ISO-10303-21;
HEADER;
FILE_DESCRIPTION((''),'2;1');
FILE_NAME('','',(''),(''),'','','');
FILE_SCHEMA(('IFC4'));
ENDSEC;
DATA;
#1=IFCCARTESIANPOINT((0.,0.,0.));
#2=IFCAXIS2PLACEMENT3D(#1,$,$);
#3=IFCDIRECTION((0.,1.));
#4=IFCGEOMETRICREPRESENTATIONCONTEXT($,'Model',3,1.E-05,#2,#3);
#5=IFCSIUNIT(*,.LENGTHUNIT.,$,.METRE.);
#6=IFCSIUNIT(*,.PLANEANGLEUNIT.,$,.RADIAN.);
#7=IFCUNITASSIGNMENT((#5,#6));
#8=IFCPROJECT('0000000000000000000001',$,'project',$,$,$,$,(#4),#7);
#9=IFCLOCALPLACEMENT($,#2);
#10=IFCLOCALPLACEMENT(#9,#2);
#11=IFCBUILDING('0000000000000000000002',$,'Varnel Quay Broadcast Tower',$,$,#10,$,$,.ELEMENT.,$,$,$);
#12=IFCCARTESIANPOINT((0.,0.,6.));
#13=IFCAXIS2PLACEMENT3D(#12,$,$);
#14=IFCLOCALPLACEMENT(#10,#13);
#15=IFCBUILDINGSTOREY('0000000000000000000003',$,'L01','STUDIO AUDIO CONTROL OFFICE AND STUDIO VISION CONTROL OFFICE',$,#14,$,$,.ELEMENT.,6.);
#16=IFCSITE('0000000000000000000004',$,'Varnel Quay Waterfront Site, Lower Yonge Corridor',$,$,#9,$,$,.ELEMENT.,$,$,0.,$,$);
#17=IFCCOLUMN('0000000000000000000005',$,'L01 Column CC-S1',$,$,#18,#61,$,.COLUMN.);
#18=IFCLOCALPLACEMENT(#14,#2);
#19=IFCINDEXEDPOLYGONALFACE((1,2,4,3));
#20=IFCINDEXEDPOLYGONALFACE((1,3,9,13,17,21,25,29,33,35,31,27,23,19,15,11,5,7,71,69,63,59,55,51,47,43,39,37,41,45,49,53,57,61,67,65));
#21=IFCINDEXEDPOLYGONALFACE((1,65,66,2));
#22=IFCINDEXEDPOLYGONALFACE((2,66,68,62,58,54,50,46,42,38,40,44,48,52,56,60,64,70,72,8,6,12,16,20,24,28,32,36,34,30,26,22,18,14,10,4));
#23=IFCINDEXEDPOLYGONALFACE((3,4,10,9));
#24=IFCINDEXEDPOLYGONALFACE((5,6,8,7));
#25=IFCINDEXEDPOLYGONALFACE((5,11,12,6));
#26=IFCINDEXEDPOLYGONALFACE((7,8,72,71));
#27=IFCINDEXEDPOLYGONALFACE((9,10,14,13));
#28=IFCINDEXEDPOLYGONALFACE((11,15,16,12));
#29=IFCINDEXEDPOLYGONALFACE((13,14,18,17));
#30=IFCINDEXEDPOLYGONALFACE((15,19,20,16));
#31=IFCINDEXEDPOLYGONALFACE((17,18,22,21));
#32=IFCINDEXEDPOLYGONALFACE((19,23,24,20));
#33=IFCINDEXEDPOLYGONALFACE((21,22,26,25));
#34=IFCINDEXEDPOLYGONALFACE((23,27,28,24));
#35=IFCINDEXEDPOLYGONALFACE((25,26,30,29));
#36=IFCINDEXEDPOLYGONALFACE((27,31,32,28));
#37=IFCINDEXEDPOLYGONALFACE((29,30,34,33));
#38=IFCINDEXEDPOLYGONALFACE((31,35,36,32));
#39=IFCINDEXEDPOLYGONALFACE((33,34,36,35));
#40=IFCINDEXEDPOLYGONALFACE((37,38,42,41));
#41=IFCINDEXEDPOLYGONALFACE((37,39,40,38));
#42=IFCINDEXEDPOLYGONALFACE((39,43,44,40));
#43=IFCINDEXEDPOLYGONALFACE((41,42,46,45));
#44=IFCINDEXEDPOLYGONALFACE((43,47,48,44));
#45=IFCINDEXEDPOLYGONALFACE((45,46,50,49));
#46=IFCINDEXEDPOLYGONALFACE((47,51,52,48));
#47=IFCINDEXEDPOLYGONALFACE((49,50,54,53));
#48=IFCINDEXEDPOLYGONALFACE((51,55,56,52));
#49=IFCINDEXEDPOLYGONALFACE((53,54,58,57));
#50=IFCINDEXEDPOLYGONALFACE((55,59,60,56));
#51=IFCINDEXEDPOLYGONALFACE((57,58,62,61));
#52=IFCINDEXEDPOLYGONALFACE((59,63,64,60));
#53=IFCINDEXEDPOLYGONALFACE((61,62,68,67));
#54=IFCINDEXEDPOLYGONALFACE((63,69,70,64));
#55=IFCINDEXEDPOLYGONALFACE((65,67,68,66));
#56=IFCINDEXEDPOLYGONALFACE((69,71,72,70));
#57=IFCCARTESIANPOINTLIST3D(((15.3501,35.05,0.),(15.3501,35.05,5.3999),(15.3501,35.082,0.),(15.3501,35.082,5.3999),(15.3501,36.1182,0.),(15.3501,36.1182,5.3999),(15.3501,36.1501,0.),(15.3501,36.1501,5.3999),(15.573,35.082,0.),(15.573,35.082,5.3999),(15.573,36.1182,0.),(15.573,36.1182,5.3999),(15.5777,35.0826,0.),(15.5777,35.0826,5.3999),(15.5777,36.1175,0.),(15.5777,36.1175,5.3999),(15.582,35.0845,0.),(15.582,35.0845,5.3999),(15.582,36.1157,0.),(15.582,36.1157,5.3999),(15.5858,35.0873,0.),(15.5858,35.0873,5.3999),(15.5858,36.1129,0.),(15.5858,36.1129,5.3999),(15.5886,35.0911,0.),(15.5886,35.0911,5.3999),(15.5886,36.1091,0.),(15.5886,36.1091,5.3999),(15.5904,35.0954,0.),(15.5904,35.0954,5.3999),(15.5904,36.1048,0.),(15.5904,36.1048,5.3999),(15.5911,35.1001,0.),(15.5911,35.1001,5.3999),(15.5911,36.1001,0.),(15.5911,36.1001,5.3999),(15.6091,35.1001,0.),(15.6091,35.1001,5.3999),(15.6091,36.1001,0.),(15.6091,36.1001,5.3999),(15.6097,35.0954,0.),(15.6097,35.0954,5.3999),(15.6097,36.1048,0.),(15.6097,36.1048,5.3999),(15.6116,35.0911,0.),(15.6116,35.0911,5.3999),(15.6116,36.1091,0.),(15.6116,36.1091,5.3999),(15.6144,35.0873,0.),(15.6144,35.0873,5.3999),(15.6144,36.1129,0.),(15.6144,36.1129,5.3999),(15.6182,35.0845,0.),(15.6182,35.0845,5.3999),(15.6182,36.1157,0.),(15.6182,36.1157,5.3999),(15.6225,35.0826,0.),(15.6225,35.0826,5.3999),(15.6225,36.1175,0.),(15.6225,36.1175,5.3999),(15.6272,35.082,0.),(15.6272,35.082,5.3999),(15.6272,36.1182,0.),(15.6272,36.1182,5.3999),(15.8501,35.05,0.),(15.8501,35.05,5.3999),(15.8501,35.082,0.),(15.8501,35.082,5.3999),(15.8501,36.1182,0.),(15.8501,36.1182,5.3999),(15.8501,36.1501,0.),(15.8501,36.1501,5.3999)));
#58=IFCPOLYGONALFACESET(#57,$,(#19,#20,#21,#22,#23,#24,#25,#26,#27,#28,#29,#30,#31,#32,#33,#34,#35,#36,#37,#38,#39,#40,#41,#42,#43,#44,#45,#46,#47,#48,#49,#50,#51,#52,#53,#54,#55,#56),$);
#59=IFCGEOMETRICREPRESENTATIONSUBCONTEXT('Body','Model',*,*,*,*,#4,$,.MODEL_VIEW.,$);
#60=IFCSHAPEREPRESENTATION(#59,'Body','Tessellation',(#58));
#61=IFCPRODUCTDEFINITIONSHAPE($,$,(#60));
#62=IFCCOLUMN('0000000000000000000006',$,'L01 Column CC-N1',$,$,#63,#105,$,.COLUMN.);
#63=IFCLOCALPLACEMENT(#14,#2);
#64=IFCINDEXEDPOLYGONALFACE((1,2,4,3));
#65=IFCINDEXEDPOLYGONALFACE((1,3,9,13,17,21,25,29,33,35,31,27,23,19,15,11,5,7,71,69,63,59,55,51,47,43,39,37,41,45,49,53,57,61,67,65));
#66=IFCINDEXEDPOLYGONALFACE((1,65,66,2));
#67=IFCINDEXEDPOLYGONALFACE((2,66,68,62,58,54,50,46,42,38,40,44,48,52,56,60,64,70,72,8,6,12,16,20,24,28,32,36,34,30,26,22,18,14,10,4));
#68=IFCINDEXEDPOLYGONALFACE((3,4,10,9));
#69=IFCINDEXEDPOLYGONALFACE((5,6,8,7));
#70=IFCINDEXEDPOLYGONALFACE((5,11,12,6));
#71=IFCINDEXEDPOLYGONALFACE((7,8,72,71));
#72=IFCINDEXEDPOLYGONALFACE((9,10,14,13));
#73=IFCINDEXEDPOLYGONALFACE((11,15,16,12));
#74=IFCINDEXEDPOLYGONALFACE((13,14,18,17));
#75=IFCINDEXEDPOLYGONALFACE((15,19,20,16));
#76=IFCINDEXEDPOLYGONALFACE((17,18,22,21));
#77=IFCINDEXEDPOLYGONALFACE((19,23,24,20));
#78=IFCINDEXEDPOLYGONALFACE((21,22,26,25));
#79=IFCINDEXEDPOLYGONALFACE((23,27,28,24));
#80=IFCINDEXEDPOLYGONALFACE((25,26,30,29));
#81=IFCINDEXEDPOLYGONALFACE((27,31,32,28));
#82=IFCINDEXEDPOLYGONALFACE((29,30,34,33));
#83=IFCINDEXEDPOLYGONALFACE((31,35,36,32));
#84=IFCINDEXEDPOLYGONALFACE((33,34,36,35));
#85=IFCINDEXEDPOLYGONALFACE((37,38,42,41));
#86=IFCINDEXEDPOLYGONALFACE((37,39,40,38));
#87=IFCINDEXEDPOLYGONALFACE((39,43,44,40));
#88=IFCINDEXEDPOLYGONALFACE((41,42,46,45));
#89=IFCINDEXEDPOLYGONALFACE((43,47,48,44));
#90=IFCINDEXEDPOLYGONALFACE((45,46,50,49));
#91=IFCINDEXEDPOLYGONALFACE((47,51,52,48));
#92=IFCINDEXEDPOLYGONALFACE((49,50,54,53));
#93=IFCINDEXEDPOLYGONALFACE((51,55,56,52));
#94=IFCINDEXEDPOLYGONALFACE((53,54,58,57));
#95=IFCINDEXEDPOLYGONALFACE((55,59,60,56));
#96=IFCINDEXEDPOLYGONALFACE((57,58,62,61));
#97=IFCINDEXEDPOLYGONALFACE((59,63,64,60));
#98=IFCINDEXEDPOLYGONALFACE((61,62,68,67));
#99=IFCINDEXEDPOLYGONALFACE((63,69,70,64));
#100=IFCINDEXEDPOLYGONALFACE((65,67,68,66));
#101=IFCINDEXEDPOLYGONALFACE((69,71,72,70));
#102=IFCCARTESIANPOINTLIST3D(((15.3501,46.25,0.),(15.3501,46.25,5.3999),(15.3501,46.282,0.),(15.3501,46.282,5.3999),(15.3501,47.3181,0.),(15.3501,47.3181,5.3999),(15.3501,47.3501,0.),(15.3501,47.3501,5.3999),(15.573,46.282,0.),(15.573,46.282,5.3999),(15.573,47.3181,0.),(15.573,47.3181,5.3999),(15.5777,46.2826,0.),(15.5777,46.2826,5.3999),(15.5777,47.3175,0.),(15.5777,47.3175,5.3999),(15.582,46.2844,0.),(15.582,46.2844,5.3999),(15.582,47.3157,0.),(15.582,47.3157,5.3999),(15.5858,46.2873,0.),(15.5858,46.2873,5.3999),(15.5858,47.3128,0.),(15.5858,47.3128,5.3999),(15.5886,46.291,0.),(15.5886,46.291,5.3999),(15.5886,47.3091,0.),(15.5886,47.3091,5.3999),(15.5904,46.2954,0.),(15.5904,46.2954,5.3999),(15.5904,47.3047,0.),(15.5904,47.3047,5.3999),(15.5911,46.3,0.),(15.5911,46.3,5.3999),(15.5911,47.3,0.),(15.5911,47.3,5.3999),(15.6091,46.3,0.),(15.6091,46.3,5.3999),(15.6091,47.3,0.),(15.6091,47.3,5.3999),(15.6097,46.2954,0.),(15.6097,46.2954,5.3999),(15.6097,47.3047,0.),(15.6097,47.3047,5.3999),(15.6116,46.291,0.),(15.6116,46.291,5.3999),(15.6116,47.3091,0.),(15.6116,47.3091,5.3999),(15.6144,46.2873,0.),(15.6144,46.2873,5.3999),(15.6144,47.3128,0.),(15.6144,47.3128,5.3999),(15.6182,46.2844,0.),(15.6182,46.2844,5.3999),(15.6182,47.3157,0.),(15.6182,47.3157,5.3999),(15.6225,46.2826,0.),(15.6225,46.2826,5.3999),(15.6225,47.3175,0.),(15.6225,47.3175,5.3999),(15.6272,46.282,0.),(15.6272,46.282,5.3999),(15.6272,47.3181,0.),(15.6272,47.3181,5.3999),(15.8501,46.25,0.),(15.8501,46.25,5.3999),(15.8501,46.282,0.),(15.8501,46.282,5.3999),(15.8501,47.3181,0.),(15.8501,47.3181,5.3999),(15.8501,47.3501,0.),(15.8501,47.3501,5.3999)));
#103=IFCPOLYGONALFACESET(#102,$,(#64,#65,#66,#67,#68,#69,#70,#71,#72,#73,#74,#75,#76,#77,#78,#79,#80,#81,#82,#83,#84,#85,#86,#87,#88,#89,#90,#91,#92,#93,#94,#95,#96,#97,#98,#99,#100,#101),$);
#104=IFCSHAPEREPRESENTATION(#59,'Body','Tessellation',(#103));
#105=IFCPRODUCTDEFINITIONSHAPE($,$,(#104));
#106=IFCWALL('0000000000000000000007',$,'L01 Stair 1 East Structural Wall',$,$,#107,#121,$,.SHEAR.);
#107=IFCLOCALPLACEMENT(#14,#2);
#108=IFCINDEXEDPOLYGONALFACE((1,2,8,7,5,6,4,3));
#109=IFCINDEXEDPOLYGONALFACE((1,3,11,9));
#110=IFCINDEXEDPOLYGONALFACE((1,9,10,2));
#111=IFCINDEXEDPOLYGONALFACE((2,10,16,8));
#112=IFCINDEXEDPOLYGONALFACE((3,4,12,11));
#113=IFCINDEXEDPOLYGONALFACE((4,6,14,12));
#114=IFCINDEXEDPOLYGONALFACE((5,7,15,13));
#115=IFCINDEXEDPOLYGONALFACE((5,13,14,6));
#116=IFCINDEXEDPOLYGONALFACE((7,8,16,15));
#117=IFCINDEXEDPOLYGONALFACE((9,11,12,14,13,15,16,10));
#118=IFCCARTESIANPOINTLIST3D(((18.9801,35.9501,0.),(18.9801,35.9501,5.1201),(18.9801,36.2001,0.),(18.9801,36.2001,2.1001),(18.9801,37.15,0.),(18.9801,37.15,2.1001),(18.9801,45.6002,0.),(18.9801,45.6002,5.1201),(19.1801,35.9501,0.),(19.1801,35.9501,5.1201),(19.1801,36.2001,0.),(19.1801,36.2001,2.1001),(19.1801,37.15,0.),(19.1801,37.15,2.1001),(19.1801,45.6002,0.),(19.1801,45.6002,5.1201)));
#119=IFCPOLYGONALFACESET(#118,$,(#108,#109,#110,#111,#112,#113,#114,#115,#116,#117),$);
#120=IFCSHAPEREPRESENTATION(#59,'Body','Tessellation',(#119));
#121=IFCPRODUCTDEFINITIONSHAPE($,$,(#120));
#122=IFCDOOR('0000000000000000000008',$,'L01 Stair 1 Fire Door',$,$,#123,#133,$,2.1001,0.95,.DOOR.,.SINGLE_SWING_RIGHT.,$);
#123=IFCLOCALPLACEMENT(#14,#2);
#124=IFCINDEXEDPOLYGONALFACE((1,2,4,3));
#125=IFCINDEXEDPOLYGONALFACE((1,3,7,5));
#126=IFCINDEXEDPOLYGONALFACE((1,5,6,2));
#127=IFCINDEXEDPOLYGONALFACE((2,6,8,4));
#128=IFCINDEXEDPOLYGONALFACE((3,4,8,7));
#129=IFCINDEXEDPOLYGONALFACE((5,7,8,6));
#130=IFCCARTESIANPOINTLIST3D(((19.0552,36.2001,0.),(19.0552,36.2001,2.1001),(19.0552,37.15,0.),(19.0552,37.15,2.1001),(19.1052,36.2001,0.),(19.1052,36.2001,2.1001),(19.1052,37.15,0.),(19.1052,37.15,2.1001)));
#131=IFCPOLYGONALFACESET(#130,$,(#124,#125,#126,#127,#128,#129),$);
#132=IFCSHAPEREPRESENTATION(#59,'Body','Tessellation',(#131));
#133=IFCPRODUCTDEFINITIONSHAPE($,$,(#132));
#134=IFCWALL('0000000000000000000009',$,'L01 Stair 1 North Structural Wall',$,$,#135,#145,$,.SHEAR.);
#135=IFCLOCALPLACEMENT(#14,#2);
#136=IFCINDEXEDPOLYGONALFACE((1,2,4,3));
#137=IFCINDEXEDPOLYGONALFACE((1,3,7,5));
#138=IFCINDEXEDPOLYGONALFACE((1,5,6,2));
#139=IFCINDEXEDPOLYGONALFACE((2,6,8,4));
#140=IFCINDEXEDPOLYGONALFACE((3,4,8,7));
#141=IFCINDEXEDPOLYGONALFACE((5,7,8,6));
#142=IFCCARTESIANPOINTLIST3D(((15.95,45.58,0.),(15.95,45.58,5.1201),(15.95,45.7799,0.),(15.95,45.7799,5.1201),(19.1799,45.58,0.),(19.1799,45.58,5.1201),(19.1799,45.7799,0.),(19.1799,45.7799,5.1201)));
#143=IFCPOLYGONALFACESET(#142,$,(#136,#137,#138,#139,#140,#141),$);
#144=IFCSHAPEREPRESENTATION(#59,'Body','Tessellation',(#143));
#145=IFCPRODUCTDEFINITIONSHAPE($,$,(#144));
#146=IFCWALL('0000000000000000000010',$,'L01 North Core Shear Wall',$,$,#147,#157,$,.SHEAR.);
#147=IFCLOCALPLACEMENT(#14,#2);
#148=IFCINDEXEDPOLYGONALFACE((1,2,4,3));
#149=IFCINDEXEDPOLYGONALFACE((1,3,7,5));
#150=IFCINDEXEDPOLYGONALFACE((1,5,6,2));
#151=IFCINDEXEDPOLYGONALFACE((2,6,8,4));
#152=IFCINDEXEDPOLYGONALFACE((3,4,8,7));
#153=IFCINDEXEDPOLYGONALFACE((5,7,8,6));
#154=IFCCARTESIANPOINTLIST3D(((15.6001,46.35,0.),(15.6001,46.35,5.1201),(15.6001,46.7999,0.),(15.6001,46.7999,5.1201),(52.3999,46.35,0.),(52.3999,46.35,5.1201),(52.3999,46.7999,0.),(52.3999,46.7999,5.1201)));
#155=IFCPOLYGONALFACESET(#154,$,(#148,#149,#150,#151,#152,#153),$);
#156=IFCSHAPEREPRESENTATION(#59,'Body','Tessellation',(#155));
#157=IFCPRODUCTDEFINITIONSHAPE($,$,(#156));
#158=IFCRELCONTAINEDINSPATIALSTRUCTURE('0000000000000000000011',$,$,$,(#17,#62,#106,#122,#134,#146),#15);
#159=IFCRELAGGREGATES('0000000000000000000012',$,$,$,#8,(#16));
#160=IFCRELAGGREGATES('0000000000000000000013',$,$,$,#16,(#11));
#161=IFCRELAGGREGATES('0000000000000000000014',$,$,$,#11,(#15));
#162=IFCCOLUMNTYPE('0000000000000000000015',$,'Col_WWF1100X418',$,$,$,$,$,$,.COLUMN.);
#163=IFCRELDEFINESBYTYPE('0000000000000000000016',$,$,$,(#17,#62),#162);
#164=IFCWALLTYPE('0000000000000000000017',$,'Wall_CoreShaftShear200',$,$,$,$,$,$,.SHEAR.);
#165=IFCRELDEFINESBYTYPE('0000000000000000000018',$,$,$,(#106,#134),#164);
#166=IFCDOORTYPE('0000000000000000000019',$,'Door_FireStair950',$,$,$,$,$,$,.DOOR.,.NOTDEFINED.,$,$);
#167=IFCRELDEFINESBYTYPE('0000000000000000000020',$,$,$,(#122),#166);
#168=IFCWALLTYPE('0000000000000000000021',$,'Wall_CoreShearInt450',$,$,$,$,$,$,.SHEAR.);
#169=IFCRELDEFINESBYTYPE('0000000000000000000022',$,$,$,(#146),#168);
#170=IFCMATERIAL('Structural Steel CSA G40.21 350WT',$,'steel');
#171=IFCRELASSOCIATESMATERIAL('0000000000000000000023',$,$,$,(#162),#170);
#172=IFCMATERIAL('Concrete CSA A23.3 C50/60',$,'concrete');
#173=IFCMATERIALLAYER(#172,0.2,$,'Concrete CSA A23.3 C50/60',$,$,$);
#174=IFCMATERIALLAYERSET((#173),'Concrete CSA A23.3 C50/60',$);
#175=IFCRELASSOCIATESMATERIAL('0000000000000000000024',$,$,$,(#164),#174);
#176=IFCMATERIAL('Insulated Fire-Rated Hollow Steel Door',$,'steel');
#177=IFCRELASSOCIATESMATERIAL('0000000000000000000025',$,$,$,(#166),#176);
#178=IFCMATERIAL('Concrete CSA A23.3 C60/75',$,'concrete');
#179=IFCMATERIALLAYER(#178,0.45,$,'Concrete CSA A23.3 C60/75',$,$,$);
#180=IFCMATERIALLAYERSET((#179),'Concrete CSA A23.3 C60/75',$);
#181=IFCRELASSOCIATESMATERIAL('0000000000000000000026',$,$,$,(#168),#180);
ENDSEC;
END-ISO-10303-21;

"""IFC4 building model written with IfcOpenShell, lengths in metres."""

from ifc_helpers import new_model, si_unit, direction, frame, frame_2d, origin, origin_2d, place, context, subcontext, project, spatial, rectangle, i_section, extrude, source, transform, mapped, material, layer, layer_set, material_profile, profile_set, type_object, type_shapes, element, fill, save


model = new_model("IFC4")

# Units and contexts
model_context = context("Model", 3, precision=1e-05, world=origin(), true_north=direction((0.0, 1.0)))
body_context = subcontext(model_context, "Body", "Model", "MODEL_VIEW")
ifc_project = project(units=[si_unit("LENGTHUNIT", "METRE"), si_unit("PLANEANGLEUNIT", "RADIAN")], contexts=[model_context])

# Site, building, storey
site_placement = place(None, origin())
site = spatial("IfcSite", under=ifc_project, at=site_placement, Name="Varnel Quay Waterfront Site, Lower Yonge Corridor", CompositionType="ELEMENT", RefElevation=0.0)
building_placement = place(site_placement, origin())
building = spatial("IfcBuilding", under=site, at=building_placement, Name="Varnel Quay Broadcast Tower", CompositionType="ELEMENT")
storey_placement = place(building_placement, frame((0.0, 0.0, 6.0)))
storey = spatial("IfcBuildingStorey", under=building, at=storey_placement, Name="L01", Description="STUDIO AUDIO CONTROL OFFICE AND STUDIO VISION CONTROL OFFICE", CompositionType="ELEMENT", Elevation=6.0)

# Columns
ifc_material_1 = material(Name="Structural Steel CSA G40.21 350WT", Category="steel")
ifc_material_profile = material_profile(ifc_material_1, i_section(OverallWidth=0.5, OverallDepth=1.1001, WebThickness=0.0181, FlangeThickness=0.032, FilletRadius=0.0181, at=origin_2d()), Name="WWF1100X418")
ifc_profile_set = profile_set([ifc_material_profile], Name="Structural Steel CSA G40.21 350WT")
column_type = type_object("IfcColumnType", Name="Col_WWF1100X418", PredefinedType="COLUMN", material=ifc_profile_set)
shared_shape_1 = source(origin(), body_context, "Body", "SweptSolid", [
    extrude(i_section(OverallWidth=0.5, OverallDepth=1.1001, WebThickness=0.0181, FlangeThickness=0.032, FilletRadius=0.0181, at=origin_2d()), origin(), (0.0, 0.0, 1.0), 5.3999),
])
type_shapes(column_type, [shared_shape_1])
for number, where, z_axis, x_axis, name in (
    (1, (15.6001, 35.6001, 0.0), (0.0, 0.0, 1.0), (1.0, 0.0, 0.0), "L01 Column CC-S1"),
    (2, (15.6001, 46.8, 0.0), (0.0, 0.0, 1.0), (1.0, 0.0, 0.0), "L01 Column CC-N1"),
):
    element("IfcColumn", number, at=place(storey_placement, frame(where, z_axis=z_axis, x_axis=x_axis)), inside=storey, type_object=column_type, Name=name, PredefinedType="COLUMN", context=body_context, shape_type="MappedRepresentation", body=[
        mapped(shared_shape_1, transform((0.0, 0.0, 0.0), x_axis=(1.0, 0.0, 0.0), y_axis=(0.0, 1.0, 0.0), z_axis=(0.0, 0.0, 1.0), scale=1.0)),
    ])

# Wall, opening, door
ifc_material_2 = material(Name="Concrete CSA A23.3 C50/60", Category="concrete")
ifc_layer_1 = layer(ifc_material_2, 0.2, Name="Concrete CSA A23.3 C50/60")
ifc_layer_set_1 = layer_set([ifc_layer_1], Name="Concrete CSA A23.3 C50/60")
wall_type_1 = type_object("IfcWallType", Name="Wall_CoreShaftShear200", PredefinedType="SHEAR", material=ifc_layer_set_1)
wall_1_placement = place(storey_placement, frame((19.0801, 35.95, 0.0), z_axis=(0.0, 0.0, 1.0), x_axis=(0.0, 1.0, 0.0)))
wall_1 = element("IfcWall", 3, at=wall_1_placement, inside=storey, type_object=wall_type_1, Name="L01 Stair 1 East Structural Wall", PredefinedType="SHEAR", context=body_context, shape_type="SweptSolid", body=[
    extrude(rectangle(XDim=9.6501, YDim=0.2, at=frame_2d((4.8252, 0.0))), origin(), (0.0, 0.0, 1.0), 5.1201),
])
opening_1_placement = place(wall_1_placement, frame((0.25, 0.0, 0.0)))
opening_1 = element("IfcOpeningElement", 4, at=opening_1_placement, cuts=wall_1, PredefinedType="OPENING", context=body_context, shape_type="SweptSolid", body=[
    extrude(rectangle(XDim=0.95, YDim=2.1001, at=frame_2d((0.4751, 1.05))), frame((0.0, 0.1099, 0.0), z_axis=(0.0, -1.0, 0.0), x_axis=(1.0, 0.0, 0.0)), (0.0, 0.0, 1.0), 0.22),
])
ifc_material_3 = material(Name="Insulated Fire-Rated Hollow Steel Door", Category="steel")
door_type_1 = type_object("IfcDoorType", Name="Door_FireStair950", OperationType="NOTDEFINED", PredefinedType="DOOR", material=ifc_material_3)
shared_shape_2 = source(origin(), body_context, "Body", "SweptSolid", [
    extrude(rectangle(XDim=0.95, YDim=2.1001, at=frame_2d((0.4751, 1.05))), frame((0.0, 0.0249, 0.0), z_axis=(0.0, -1.0, 0.0), x_axis=(1.0, 0.0, 0.0)), (0.0, 0.0, 1.0), 0.05),
])
type_shapes(door_type_1, [shared_shape_2])
door_1_placement = place(opening_1_placement, origin())
door_1 = element("IfcDoor", 5, at=door_1_placement, inside=storey, type_object=door_type_1, Name="L01 Stair 1 Fire Door", OperationType="SINGLE_SWING_RIGHT", OverallHeight=2.1001, OverallWidth=0.95, PredefinedType="DOOR", context=body_context, shape_type="MappedRepresentation", body=[
    mapped(shared_shape_2, transform((0.0, 0.0, 0.0), x_axis=(1.0, 0.0, 0.0), y_axis=(0.0, 1.0, 0.0), z_axis=(0.0, 0.0, 1.0), scale=1.0)),
])
fill(opening_1, door_1)

# Walls
wall_2_placement = place(storey_placement, frame((15.95, 45.6799, 0.0), z_axis=(0.0, 0.0, 1.0), x_axis=(1.0, 0.0, 0.0)))
element("IfcWall", 6, at=wall_2_placement, inside=storey, type_object=wall_type_1, Name="L01 Stair 1 North Structural Wall", PredefinedType="SHEAR", context=body_context, shape_type="SweptSolid", body=[
    extrude(rectangle(XDim=3.23, YDim=0.2, at=frame_2d((1.615, 0.0))), origin(), (0.0, 0.0, 1.0), 5.1201),
])
ifc_material_4 = material(Name="Concrete CSA A23.3 C60/75", Category="concrete")
ifc_layer_2 = layer(ifc_material_4, 0.45, Name="Concrete CSA A23.3 C60/75")
ifc_layer_set_2 = layer_set([ifc_layer_2], Name="Concrete CSA A23.3 C60/75")
wall_type_2 = type_object("IfcWallType", Name="Wall_CoreShearInt450", PredefinedType="SHEAR", material=ifc_layer_set_2)
wall_3_placement = place(storey_placement, frame((15.6001, 46.575, 0.0), z_axis=(0.0, 0.0, 1.0), x_axis=(1.0, 0.0, 0.0)))
element("IfcWall", 7, at=wall_3_placement, inside=storey, type_object=wall_type_2, Name="L01 North Core Shear Wall", PredefinedType="SHEAR", context=body_context, shape_type="SweptSolid", body=[
    extrude(rectangle(XDim=36.7998, YDim=0.45, at=frame_2d((18.3999, 0.0))), origin(), (0.0, 0.0, 1.0), 5.1201),
])

save(model, "model.ifc")
